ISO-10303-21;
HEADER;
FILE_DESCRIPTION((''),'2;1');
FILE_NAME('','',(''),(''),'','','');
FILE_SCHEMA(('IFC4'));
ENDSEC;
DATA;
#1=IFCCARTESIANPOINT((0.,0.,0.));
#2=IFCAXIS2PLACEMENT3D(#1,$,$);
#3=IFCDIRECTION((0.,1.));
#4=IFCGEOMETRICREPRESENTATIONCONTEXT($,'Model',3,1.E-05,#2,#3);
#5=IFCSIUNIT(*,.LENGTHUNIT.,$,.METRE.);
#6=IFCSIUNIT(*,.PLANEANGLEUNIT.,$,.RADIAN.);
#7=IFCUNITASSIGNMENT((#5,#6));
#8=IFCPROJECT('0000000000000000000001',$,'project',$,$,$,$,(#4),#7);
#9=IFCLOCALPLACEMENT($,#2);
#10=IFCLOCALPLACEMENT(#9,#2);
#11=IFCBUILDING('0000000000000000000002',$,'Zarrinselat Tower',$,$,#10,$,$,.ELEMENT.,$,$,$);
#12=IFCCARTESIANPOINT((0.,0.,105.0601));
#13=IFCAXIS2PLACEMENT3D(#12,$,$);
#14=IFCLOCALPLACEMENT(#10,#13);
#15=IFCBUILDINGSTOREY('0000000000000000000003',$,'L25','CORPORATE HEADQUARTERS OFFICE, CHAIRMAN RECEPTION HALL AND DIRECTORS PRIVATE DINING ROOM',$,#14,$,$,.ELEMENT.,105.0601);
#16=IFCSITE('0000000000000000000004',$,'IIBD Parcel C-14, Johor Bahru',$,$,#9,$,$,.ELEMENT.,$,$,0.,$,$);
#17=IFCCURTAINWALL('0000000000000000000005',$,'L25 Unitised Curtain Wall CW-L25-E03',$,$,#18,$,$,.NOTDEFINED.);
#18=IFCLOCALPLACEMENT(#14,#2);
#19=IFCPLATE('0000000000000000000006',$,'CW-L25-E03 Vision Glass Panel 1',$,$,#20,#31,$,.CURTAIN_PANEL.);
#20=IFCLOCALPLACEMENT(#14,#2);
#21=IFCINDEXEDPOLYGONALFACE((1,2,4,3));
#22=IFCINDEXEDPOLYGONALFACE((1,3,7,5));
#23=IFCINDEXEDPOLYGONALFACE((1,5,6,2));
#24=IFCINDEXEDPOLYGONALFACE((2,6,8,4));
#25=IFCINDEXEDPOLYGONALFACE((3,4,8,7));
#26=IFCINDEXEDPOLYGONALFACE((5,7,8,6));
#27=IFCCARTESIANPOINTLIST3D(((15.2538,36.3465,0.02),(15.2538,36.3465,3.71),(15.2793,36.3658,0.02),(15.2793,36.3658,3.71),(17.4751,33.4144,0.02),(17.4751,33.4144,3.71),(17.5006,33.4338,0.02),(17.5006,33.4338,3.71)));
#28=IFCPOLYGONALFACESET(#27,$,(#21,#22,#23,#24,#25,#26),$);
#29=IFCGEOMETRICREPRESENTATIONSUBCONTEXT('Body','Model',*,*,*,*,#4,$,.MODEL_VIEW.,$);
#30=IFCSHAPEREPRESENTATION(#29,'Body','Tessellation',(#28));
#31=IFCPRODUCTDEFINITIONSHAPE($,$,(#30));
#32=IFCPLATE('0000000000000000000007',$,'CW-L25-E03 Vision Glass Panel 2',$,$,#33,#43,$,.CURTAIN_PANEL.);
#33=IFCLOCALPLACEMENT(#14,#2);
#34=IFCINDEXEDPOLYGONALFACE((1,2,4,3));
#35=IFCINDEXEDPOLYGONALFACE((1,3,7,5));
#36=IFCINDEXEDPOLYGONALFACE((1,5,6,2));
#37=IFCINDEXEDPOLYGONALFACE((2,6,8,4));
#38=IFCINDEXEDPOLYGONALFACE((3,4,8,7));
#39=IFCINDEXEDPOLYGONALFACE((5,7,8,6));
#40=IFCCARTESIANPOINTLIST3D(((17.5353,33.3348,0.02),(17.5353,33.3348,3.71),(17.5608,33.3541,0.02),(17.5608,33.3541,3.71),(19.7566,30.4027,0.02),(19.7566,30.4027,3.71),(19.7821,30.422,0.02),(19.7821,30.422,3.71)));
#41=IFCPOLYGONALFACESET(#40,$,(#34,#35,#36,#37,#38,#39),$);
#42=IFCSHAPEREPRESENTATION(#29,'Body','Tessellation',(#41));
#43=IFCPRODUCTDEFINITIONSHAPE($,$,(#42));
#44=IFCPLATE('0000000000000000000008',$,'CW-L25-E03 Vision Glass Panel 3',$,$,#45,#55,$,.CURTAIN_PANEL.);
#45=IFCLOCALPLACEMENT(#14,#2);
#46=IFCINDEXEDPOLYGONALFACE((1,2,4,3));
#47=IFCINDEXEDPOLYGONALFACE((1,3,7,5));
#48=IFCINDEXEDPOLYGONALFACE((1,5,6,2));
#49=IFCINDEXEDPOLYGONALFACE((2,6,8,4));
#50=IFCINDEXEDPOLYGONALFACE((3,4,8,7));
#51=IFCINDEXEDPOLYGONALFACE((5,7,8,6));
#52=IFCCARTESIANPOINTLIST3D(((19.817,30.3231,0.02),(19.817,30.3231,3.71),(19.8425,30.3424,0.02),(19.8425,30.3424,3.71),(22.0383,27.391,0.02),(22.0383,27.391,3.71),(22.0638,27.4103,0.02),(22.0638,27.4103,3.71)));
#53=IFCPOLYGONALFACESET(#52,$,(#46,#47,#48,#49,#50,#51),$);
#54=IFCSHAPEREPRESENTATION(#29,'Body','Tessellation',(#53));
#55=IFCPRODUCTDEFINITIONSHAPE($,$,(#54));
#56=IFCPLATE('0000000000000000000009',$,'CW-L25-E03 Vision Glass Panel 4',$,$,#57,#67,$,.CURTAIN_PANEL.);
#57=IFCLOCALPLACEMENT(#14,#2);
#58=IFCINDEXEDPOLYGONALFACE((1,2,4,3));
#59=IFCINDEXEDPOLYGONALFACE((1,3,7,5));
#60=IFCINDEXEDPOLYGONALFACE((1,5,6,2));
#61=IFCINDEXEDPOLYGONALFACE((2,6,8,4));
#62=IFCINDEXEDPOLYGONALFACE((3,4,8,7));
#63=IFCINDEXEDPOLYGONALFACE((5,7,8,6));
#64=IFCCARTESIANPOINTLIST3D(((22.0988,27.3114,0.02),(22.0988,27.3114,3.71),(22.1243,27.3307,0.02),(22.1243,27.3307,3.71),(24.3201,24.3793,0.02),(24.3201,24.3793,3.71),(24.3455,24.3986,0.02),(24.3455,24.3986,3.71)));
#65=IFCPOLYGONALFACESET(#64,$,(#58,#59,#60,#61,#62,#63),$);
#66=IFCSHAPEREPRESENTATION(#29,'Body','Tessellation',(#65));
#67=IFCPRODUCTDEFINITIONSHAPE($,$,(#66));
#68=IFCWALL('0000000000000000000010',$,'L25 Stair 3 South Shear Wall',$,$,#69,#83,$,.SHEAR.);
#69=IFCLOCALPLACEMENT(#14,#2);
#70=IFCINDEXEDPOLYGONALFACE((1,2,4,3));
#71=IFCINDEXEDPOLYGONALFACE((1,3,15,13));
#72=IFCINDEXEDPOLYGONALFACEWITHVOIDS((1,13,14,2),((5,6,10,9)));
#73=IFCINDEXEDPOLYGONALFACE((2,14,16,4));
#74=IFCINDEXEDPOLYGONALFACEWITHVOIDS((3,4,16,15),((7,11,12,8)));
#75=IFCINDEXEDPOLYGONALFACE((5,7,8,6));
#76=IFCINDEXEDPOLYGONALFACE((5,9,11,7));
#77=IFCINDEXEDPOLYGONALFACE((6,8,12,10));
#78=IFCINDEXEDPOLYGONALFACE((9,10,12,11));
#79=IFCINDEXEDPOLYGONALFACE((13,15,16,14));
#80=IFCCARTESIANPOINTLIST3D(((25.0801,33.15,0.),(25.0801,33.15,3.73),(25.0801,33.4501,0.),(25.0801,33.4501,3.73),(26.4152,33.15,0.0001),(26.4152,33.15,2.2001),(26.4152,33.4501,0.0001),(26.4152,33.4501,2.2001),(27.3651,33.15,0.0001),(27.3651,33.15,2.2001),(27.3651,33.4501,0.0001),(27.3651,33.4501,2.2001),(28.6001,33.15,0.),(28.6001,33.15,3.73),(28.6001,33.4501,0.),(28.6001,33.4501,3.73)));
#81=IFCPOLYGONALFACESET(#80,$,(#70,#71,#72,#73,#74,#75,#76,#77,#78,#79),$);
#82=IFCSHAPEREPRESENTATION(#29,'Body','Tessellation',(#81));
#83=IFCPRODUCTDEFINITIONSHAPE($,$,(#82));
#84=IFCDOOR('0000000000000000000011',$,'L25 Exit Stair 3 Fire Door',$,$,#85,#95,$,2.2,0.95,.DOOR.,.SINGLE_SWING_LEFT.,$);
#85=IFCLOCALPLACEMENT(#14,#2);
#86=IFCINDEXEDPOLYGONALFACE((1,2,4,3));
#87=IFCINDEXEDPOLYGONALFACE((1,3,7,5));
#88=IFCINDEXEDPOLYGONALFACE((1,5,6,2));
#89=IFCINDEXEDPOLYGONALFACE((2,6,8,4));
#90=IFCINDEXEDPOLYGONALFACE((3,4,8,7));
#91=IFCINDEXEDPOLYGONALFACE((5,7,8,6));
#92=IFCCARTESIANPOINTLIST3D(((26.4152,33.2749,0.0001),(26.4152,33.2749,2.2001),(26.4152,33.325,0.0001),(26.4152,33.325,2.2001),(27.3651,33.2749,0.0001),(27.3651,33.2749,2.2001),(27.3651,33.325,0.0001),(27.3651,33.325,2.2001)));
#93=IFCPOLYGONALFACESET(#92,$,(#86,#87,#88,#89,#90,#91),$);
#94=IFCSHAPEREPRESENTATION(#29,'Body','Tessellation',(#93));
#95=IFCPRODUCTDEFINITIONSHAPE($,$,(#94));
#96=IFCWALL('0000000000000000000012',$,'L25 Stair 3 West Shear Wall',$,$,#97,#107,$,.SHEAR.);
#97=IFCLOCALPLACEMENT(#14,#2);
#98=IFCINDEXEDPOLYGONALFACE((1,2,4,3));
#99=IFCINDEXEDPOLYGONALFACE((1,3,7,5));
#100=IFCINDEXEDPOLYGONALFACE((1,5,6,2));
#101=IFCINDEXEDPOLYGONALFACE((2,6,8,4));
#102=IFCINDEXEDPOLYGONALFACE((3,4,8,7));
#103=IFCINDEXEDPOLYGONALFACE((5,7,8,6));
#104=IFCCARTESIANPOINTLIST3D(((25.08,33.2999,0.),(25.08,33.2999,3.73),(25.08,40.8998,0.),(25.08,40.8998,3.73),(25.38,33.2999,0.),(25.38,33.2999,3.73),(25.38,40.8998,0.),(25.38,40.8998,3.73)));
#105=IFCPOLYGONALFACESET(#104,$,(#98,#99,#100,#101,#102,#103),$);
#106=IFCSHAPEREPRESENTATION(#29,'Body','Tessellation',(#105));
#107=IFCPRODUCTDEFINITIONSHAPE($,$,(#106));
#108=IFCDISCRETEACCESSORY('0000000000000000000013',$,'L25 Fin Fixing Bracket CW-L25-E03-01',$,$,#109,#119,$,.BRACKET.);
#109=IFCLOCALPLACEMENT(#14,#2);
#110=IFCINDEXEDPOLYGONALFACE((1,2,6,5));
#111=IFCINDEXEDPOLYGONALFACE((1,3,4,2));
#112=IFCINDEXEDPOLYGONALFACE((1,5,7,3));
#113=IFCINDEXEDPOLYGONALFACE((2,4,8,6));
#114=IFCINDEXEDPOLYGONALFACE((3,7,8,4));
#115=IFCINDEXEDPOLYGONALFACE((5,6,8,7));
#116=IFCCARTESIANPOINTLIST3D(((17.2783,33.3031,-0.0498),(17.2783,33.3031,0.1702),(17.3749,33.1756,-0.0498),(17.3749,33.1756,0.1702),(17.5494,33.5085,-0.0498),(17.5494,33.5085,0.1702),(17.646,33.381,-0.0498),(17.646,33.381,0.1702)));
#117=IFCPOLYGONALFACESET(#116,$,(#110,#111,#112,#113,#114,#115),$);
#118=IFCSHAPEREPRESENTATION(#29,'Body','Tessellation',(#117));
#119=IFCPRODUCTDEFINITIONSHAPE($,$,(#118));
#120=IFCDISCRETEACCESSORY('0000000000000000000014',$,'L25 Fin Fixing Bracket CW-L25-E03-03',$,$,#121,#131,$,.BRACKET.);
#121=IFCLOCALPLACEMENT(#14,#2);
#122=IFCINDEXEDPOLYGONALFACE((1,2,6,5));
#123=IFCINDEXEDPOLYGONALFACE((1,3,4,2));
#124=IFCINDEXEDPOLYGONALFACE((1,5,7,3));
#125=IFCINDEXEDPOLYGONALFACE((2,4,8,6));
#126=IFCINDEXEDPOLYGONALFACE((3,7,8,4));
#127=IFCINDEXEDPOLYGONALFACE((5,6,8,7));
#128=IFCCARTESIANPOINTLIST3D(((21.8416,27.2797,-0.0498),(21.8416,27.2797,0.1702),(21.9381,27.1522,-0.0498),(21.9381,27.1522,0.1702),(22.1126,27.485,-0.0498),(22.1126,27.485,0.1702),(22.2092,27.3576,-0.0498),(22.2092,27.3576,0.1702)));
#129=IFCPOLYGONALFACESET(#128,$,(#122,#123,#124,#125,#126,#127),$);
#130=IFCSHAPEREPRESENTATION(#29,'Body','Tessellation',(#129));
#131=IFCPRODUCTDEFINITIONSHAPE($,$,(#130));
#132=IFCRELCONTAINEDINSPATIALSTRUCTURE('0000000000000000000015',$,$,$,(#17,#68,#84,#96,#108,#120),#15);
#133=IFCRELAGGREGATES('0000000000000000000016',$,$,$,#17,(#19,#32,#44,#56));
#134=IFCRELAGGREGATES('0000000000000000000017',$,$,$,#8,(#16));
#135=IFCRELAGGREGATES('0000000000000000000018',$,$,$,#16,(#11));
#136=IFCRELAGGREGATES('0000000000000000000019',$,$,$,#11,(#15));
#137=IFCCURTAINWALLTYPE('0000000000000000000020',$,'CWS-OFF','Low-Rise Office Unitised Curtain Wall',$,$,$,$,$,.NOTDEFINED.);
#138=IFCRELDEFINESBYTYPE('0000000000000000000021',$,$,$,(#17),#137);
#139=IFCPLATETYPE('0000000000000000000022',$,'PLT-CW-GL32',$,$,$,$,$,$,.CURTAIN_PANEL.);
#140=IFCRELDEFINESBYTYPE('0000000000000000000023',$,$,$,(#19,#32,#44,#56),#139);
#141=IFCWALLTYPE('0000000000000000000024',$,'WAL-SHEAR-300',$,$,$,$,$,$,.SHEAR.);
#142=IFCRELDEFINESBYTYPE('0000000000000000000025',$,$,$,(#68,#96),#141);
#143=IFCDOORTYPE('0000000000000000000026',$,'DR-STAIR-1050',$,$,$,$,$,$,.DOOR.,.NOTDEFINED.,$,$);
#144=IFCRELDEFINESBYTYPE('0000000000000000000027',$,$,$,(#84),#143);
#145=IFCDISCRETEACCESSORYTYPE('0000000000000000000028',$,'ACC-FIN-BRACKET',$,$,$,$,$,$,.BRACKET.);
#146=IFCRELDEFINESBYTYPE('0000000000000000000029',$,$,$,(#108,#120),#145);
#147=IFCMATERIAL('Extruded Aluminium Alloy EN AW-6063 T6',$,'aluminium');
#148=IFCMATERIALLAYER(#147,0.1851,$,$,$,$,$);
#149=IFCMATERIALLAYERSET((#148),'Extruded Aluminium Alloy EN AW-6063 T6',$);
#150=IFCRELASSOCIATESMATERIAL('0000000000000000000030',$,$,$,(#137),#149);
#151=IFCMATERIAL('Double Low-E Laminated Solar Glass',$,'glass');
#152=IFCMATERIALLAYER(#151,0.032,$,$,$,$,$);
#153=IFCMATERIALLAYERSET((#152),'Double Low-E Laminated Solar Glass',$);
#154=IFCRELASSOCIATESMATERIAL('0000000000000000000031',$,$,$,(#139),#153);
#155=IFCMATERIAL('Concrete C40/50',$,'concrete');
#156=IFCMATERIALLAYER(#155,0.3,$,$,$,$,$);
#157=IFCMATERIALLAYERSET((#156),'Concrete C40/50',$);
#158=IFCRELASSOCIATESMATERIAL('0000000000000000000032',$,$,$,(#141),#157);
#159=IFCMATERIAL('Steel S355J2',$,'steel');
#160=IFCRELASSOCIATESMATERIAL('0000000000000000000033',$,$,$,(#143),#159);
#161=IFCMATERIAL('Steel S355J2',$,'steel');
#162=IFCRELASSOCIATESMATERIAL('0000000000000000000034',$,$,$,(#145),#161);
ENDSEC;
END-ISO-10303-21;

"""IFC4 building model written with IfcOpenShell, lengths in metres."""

from ifc_helpers import new_model, si_unit, direction, frame, frame_2d, origin, origin_2d, place, context, subcontext, project, spatial, rectangle, extrude, material, layer, layer_set, type_object, element, fill, aggregate, save


model = new_model("IFC4")

# Units and contexts
model_context = context("Model", 3, precision=1e-05, world=origin(), true_north=direction((0.0, 1.0)))
body_context = subcontext(model_context, "Body", "Model", "MODEL_VIEW")
ifc_project = project(units=[si_unit("LENGTHUNIT", "METRE"), si_unit("PLANEANGLEUNIT", "RADIAN")], contexts=[model_context])

# Site, building, storey
site_placement = place(None, origin())
site = spatial("IfcSite", under=ifc_project, at=site_placement, Name="IIBD Parcel C-14, Johor Bahru", CompositionType="ELEMENT", RefElevation=0.0)
building_placement = place(site_placement, origin())
building = spatial("IfcBuilding", under=site, at=building_placement, Name="Zarrinselat Tower", CompositionType="ELEMENT")
storey_placement = place(building_placement, frame((0.0, 0.0, 105.0601)))
storey = spatial("IfcBuildingStorey", under=building, at=storey_placement, Name="L25", Description="CORPORATE HEADQUARTERS OFFICE, CHAIRMAN RECEPTION HALL AND DIRECTORS PRIVATE DINING ROOM", CompositionType="ELEMENT", Elevation=105.0601)

# Curtain wall, plates
ifc_material_1 = material(Name="Extruded Aluminium Alloy EN AW-6063 T6", Category="aluminium")
ifc_layer_1 = layer(ifc_material_1, 0.1851)
ifc_layer_set_1 = layer_set([ifc_layer_1], Name="Extruded Aluminium Alloy EN AW-6063 T6")
curtain_wall_type = type_object("IfcCurtainWallType", Name="CWS-OFF", Description="Low-Rise Office Unitised Curtain Wall", PredefinedType="NOTDEFINED", material=ifc_layer_set_1)
curtain_wall_placement = place(storey_placement, origin())
curtain_wall = element("IfcCurtainWall", 1, at=curtain_wall_placement, inside=storey, type_object=curtain_wall_type, Name="L25 Unitised Curtain Wall CW-L25-E03", PredefinedType="NOTDEFINED")
ifc_material_2 = material(Name="Double Low-E Laminated Solar Glass", Category="glass")
ifc_layer_2 = layer(ifc_material_2, 0.032)
ifc_layer_set_2 = layer_set([ifc_layer_2], Name="Double Low-E Laminated Solar Glass")
plate_type = type_object("IfcPlateType", Name="PLT-CW-GL32", PredefinedType="CURTAIN_PANEL", material=ifc_layer_set_2)
plate_1_placement = place(storey_placement, frame((16.3772, 34.8901, 0.02), z_axis=(0.0, 0.0, 1.0), x_axis=(0.603858, -0.797092, 0.0)))
plate_1 = element("IfcPlate", 2, at=plate_1_placement, type_object=plate_type, Name="CW-L25-E03 Vision Glass Panel 1", PredefinedType="CURTAIN_PANEL", context=body_context, shape_type="SweptSolid", body=[
    extrude(rectangle(XDim=3.6785, YDim=0.032, at=origin_2d()), origin(), (0.0, 0.0, 1.0), 3.6899),
])
plate_2_placement = place(storey_placement, frame((18.6587, 31.8784, 0.02), z_axis=(0.0, 0.0, 1.0), x_axis=(0.603858, -0.797092, 0.0)))
plate_2 = element("IfcPlate", 3, at=plate_2_placement, type_object=plate_type, Name="CW-L25-E03 Vision Glass Panel 2", PredefinedType="CURTAIN_PANEL", context=body_context, shape_type="SweptSolid", body=[
    extrude(rectangle(XDim=3.6785, YDim=0.032, at=origin_2d()), origin(), (0.0, 0.0, 1.0), 3.6899),
])
plate_3_placement = place(storey_placement, frame((20.9404, 28.8667, 0.02), z_axis=(0.0, 0.0, 1.0), x_axis=(0.603858, -0.797092, 0.0)))
plate_3 = element("IfcPlate", 4, at=plate_3_placement, type_object=plate_type, Name="CW-L25-E03 Vision Glass Panel 3", PredefinedType="CURTAIN_PANEL", context=body_context, shape_type="SweptSolid", body=[
    extrude(rectangle(XDim=3.6785, YDim=0.032, at=origin_2d()), origin(), (0.0, 0.0, 1.0), 3.6899),
])
plate_4_placement = place(storey_placement, frame((23.2222, 25.855, 0.02), z_axis=(0.0, 0.0, 1.0), x_axis=(0.603858, -0.797092, 0.0)))
plate_4 = element("IfcPlate", 5, at=plate_4_placement, type_object=plate_type, Name="CW-L25-E03 Vision Glass Panel 4", PredefinedType="CURTAIN_PANEL", context=body_context, shape_type="SweptSolid", body=[
    extrude(rectangle(XDim=3.6785, YDim=0.032, at=origin_2d()), origin(), (0.0, 0.0, 1.0), 3.6899),
])
aggregate(curtain_wall, [plate_1, plate_2, plate_3, plate_4])

# Wall, opening, door
ifc_material_3 = material(Name="Concrete C40/50", Category="concrete")
ifc_layer_3 = layer(ifc_material_3, 0.3)
ifc_layer_set_3 = layer_set([ifc_layer_3], Name="Concrete C40/50")
wall_type = type_object("IfcWallType", Name="WAL-SHEAR-300", PredefinedType="SHEAR", material=ifc_layer_set_3)
wall_1_placement = place(storey_placement, frame((25.0801, 33.3, 0.0), z_axis=(0.0, 0.0, 1.0), x_axis=(1.0, 0.0, 0.0)))
wall_1 = element("IfcWall", 6, at=wall_1_placement, inside=storey, type_object=wall_type, Name="L25 Stair 3 South Shear Wall", PredefinedType="SHEAR", context=body_context, shape_type="SweptSolid", body=[
    extrude(rectangle(XDim=3.52, YDim=0.3, at=frame_2d((1.76, 0.0))), origin(), (0.0, 0.0, 1.0), 3.73),
])
opening_placement = place(wall_1_placement, frame((1.335, 0.0, 0.0)))
opening = element("IfcOpeningElement", 7, at=opening_placement, cuts=wall_1, PredefinedType="OPENING", context=body_context, shape_type="SweptSolid", body=[
    extrude(rectangle(XDim=0.95, YDim=2.2, at=frame_2d((0.4751, 1.1001))), frame((0.0, 0.1599, 0.0), z_axis=(0.0, -1.0, 0.0), x_axis=(1.0, 0.0, 0.0)), (0.0, 0.0, 1.0), 0.3201),
])
ifc_material_4 = material(Name="Steel S355J2", Category="steel")
door_type = type_object("IfcDoorType", Name="DR-STAIR-1050", OperationType="NOTDEFINED", PredefinedType="DOOR", material=ifc_material_4)
door_placement = place(opening_placement, origin())
door = element("IfcDoor", 8, at=door_placement, inside=storey, type_object=door_type, Name="L25 Exit Stair 3 Fire Door", OperationType="SINGLE_SWING_LEFT", OverallHeight=2.2, OverallWidth=0.95, PredefinedType="DOOR", context=body_context, shape_type="SweptSolid", body=[
    extrude(rectangle(XDim=0.95, YDim=2.2, at=frame_2d((0.4751, 1.1001))), frame((0.0, 0.0249, 0.0), z_axis=(0.0, -1.0, 0.0), x_axis=(1.0, 0.0, 0.0)), (0.0, 0.0, 1.0), 0.05),
])
fill(opening, door)

# Wall
wall_2_placement = place(storey_placement, frame((25.23, 33.3, 0.0), z_axis=(0.0, 0.0, 1.0), x_axis=(0.0, 1.0, 0.0)))
element("IfcWall", 9, at=wall_2_placement, inside=storey, type_object=wall_type, Name="L25 Stair 3 West Shear Wall", PredefinedType="SHEAR", context=body_context, shape_type="SweptSolid", body=[
    extrude(rectangle(XDim=7.5999, YDim=0.3, at=frame_2d((3.7998, 0.0))), origin(), (0.0, 0.0, 1.0), 3.73),
])

# Discrete accessories
ifc_material_5 = material(Name="Steel S355J2", Category="steel")
discrete_accessory_type = type_object("IfcDiscreteAccessoryType", Name="ACC-FIN-BRACKET", PredefinedType="BRACKET", material=ifc_material_5)
for number, where, z_axis, x_axis, name in (
    (10, (17.4622, 33.342, -0.0498), (0.0, 0.0, 1.0), (-0.797092, -0.603858, 0.0), "L25 Fin Fixing Bracket CW-L25-E03-01"),
    (11, (22.0254, 27.3186, -0.0498), (0.0, 0.0, 1.0), (-0.797092, -0.603858, 0.0), "L25 Fin Fixing Bracket CW-L25-E03-03"),
):
    element("IfcDiscreteAccessory", number, at=place(storey_placement, frame(where, z_axis=z_axis, x_axis=x_axis)), inside=storey, type_object=discrete_accessory_type, Name=name, PredefinedType="BRACKET", context=body_context, shape_type="SweptSolid", body=[
        extrude(rectangle(XDim=0.3401, YDim=0.1599, at=origin_2d()), origin(), (0.0, 0.0, 1.0), 0.22),
    ])

save(model, "model.ifc")
